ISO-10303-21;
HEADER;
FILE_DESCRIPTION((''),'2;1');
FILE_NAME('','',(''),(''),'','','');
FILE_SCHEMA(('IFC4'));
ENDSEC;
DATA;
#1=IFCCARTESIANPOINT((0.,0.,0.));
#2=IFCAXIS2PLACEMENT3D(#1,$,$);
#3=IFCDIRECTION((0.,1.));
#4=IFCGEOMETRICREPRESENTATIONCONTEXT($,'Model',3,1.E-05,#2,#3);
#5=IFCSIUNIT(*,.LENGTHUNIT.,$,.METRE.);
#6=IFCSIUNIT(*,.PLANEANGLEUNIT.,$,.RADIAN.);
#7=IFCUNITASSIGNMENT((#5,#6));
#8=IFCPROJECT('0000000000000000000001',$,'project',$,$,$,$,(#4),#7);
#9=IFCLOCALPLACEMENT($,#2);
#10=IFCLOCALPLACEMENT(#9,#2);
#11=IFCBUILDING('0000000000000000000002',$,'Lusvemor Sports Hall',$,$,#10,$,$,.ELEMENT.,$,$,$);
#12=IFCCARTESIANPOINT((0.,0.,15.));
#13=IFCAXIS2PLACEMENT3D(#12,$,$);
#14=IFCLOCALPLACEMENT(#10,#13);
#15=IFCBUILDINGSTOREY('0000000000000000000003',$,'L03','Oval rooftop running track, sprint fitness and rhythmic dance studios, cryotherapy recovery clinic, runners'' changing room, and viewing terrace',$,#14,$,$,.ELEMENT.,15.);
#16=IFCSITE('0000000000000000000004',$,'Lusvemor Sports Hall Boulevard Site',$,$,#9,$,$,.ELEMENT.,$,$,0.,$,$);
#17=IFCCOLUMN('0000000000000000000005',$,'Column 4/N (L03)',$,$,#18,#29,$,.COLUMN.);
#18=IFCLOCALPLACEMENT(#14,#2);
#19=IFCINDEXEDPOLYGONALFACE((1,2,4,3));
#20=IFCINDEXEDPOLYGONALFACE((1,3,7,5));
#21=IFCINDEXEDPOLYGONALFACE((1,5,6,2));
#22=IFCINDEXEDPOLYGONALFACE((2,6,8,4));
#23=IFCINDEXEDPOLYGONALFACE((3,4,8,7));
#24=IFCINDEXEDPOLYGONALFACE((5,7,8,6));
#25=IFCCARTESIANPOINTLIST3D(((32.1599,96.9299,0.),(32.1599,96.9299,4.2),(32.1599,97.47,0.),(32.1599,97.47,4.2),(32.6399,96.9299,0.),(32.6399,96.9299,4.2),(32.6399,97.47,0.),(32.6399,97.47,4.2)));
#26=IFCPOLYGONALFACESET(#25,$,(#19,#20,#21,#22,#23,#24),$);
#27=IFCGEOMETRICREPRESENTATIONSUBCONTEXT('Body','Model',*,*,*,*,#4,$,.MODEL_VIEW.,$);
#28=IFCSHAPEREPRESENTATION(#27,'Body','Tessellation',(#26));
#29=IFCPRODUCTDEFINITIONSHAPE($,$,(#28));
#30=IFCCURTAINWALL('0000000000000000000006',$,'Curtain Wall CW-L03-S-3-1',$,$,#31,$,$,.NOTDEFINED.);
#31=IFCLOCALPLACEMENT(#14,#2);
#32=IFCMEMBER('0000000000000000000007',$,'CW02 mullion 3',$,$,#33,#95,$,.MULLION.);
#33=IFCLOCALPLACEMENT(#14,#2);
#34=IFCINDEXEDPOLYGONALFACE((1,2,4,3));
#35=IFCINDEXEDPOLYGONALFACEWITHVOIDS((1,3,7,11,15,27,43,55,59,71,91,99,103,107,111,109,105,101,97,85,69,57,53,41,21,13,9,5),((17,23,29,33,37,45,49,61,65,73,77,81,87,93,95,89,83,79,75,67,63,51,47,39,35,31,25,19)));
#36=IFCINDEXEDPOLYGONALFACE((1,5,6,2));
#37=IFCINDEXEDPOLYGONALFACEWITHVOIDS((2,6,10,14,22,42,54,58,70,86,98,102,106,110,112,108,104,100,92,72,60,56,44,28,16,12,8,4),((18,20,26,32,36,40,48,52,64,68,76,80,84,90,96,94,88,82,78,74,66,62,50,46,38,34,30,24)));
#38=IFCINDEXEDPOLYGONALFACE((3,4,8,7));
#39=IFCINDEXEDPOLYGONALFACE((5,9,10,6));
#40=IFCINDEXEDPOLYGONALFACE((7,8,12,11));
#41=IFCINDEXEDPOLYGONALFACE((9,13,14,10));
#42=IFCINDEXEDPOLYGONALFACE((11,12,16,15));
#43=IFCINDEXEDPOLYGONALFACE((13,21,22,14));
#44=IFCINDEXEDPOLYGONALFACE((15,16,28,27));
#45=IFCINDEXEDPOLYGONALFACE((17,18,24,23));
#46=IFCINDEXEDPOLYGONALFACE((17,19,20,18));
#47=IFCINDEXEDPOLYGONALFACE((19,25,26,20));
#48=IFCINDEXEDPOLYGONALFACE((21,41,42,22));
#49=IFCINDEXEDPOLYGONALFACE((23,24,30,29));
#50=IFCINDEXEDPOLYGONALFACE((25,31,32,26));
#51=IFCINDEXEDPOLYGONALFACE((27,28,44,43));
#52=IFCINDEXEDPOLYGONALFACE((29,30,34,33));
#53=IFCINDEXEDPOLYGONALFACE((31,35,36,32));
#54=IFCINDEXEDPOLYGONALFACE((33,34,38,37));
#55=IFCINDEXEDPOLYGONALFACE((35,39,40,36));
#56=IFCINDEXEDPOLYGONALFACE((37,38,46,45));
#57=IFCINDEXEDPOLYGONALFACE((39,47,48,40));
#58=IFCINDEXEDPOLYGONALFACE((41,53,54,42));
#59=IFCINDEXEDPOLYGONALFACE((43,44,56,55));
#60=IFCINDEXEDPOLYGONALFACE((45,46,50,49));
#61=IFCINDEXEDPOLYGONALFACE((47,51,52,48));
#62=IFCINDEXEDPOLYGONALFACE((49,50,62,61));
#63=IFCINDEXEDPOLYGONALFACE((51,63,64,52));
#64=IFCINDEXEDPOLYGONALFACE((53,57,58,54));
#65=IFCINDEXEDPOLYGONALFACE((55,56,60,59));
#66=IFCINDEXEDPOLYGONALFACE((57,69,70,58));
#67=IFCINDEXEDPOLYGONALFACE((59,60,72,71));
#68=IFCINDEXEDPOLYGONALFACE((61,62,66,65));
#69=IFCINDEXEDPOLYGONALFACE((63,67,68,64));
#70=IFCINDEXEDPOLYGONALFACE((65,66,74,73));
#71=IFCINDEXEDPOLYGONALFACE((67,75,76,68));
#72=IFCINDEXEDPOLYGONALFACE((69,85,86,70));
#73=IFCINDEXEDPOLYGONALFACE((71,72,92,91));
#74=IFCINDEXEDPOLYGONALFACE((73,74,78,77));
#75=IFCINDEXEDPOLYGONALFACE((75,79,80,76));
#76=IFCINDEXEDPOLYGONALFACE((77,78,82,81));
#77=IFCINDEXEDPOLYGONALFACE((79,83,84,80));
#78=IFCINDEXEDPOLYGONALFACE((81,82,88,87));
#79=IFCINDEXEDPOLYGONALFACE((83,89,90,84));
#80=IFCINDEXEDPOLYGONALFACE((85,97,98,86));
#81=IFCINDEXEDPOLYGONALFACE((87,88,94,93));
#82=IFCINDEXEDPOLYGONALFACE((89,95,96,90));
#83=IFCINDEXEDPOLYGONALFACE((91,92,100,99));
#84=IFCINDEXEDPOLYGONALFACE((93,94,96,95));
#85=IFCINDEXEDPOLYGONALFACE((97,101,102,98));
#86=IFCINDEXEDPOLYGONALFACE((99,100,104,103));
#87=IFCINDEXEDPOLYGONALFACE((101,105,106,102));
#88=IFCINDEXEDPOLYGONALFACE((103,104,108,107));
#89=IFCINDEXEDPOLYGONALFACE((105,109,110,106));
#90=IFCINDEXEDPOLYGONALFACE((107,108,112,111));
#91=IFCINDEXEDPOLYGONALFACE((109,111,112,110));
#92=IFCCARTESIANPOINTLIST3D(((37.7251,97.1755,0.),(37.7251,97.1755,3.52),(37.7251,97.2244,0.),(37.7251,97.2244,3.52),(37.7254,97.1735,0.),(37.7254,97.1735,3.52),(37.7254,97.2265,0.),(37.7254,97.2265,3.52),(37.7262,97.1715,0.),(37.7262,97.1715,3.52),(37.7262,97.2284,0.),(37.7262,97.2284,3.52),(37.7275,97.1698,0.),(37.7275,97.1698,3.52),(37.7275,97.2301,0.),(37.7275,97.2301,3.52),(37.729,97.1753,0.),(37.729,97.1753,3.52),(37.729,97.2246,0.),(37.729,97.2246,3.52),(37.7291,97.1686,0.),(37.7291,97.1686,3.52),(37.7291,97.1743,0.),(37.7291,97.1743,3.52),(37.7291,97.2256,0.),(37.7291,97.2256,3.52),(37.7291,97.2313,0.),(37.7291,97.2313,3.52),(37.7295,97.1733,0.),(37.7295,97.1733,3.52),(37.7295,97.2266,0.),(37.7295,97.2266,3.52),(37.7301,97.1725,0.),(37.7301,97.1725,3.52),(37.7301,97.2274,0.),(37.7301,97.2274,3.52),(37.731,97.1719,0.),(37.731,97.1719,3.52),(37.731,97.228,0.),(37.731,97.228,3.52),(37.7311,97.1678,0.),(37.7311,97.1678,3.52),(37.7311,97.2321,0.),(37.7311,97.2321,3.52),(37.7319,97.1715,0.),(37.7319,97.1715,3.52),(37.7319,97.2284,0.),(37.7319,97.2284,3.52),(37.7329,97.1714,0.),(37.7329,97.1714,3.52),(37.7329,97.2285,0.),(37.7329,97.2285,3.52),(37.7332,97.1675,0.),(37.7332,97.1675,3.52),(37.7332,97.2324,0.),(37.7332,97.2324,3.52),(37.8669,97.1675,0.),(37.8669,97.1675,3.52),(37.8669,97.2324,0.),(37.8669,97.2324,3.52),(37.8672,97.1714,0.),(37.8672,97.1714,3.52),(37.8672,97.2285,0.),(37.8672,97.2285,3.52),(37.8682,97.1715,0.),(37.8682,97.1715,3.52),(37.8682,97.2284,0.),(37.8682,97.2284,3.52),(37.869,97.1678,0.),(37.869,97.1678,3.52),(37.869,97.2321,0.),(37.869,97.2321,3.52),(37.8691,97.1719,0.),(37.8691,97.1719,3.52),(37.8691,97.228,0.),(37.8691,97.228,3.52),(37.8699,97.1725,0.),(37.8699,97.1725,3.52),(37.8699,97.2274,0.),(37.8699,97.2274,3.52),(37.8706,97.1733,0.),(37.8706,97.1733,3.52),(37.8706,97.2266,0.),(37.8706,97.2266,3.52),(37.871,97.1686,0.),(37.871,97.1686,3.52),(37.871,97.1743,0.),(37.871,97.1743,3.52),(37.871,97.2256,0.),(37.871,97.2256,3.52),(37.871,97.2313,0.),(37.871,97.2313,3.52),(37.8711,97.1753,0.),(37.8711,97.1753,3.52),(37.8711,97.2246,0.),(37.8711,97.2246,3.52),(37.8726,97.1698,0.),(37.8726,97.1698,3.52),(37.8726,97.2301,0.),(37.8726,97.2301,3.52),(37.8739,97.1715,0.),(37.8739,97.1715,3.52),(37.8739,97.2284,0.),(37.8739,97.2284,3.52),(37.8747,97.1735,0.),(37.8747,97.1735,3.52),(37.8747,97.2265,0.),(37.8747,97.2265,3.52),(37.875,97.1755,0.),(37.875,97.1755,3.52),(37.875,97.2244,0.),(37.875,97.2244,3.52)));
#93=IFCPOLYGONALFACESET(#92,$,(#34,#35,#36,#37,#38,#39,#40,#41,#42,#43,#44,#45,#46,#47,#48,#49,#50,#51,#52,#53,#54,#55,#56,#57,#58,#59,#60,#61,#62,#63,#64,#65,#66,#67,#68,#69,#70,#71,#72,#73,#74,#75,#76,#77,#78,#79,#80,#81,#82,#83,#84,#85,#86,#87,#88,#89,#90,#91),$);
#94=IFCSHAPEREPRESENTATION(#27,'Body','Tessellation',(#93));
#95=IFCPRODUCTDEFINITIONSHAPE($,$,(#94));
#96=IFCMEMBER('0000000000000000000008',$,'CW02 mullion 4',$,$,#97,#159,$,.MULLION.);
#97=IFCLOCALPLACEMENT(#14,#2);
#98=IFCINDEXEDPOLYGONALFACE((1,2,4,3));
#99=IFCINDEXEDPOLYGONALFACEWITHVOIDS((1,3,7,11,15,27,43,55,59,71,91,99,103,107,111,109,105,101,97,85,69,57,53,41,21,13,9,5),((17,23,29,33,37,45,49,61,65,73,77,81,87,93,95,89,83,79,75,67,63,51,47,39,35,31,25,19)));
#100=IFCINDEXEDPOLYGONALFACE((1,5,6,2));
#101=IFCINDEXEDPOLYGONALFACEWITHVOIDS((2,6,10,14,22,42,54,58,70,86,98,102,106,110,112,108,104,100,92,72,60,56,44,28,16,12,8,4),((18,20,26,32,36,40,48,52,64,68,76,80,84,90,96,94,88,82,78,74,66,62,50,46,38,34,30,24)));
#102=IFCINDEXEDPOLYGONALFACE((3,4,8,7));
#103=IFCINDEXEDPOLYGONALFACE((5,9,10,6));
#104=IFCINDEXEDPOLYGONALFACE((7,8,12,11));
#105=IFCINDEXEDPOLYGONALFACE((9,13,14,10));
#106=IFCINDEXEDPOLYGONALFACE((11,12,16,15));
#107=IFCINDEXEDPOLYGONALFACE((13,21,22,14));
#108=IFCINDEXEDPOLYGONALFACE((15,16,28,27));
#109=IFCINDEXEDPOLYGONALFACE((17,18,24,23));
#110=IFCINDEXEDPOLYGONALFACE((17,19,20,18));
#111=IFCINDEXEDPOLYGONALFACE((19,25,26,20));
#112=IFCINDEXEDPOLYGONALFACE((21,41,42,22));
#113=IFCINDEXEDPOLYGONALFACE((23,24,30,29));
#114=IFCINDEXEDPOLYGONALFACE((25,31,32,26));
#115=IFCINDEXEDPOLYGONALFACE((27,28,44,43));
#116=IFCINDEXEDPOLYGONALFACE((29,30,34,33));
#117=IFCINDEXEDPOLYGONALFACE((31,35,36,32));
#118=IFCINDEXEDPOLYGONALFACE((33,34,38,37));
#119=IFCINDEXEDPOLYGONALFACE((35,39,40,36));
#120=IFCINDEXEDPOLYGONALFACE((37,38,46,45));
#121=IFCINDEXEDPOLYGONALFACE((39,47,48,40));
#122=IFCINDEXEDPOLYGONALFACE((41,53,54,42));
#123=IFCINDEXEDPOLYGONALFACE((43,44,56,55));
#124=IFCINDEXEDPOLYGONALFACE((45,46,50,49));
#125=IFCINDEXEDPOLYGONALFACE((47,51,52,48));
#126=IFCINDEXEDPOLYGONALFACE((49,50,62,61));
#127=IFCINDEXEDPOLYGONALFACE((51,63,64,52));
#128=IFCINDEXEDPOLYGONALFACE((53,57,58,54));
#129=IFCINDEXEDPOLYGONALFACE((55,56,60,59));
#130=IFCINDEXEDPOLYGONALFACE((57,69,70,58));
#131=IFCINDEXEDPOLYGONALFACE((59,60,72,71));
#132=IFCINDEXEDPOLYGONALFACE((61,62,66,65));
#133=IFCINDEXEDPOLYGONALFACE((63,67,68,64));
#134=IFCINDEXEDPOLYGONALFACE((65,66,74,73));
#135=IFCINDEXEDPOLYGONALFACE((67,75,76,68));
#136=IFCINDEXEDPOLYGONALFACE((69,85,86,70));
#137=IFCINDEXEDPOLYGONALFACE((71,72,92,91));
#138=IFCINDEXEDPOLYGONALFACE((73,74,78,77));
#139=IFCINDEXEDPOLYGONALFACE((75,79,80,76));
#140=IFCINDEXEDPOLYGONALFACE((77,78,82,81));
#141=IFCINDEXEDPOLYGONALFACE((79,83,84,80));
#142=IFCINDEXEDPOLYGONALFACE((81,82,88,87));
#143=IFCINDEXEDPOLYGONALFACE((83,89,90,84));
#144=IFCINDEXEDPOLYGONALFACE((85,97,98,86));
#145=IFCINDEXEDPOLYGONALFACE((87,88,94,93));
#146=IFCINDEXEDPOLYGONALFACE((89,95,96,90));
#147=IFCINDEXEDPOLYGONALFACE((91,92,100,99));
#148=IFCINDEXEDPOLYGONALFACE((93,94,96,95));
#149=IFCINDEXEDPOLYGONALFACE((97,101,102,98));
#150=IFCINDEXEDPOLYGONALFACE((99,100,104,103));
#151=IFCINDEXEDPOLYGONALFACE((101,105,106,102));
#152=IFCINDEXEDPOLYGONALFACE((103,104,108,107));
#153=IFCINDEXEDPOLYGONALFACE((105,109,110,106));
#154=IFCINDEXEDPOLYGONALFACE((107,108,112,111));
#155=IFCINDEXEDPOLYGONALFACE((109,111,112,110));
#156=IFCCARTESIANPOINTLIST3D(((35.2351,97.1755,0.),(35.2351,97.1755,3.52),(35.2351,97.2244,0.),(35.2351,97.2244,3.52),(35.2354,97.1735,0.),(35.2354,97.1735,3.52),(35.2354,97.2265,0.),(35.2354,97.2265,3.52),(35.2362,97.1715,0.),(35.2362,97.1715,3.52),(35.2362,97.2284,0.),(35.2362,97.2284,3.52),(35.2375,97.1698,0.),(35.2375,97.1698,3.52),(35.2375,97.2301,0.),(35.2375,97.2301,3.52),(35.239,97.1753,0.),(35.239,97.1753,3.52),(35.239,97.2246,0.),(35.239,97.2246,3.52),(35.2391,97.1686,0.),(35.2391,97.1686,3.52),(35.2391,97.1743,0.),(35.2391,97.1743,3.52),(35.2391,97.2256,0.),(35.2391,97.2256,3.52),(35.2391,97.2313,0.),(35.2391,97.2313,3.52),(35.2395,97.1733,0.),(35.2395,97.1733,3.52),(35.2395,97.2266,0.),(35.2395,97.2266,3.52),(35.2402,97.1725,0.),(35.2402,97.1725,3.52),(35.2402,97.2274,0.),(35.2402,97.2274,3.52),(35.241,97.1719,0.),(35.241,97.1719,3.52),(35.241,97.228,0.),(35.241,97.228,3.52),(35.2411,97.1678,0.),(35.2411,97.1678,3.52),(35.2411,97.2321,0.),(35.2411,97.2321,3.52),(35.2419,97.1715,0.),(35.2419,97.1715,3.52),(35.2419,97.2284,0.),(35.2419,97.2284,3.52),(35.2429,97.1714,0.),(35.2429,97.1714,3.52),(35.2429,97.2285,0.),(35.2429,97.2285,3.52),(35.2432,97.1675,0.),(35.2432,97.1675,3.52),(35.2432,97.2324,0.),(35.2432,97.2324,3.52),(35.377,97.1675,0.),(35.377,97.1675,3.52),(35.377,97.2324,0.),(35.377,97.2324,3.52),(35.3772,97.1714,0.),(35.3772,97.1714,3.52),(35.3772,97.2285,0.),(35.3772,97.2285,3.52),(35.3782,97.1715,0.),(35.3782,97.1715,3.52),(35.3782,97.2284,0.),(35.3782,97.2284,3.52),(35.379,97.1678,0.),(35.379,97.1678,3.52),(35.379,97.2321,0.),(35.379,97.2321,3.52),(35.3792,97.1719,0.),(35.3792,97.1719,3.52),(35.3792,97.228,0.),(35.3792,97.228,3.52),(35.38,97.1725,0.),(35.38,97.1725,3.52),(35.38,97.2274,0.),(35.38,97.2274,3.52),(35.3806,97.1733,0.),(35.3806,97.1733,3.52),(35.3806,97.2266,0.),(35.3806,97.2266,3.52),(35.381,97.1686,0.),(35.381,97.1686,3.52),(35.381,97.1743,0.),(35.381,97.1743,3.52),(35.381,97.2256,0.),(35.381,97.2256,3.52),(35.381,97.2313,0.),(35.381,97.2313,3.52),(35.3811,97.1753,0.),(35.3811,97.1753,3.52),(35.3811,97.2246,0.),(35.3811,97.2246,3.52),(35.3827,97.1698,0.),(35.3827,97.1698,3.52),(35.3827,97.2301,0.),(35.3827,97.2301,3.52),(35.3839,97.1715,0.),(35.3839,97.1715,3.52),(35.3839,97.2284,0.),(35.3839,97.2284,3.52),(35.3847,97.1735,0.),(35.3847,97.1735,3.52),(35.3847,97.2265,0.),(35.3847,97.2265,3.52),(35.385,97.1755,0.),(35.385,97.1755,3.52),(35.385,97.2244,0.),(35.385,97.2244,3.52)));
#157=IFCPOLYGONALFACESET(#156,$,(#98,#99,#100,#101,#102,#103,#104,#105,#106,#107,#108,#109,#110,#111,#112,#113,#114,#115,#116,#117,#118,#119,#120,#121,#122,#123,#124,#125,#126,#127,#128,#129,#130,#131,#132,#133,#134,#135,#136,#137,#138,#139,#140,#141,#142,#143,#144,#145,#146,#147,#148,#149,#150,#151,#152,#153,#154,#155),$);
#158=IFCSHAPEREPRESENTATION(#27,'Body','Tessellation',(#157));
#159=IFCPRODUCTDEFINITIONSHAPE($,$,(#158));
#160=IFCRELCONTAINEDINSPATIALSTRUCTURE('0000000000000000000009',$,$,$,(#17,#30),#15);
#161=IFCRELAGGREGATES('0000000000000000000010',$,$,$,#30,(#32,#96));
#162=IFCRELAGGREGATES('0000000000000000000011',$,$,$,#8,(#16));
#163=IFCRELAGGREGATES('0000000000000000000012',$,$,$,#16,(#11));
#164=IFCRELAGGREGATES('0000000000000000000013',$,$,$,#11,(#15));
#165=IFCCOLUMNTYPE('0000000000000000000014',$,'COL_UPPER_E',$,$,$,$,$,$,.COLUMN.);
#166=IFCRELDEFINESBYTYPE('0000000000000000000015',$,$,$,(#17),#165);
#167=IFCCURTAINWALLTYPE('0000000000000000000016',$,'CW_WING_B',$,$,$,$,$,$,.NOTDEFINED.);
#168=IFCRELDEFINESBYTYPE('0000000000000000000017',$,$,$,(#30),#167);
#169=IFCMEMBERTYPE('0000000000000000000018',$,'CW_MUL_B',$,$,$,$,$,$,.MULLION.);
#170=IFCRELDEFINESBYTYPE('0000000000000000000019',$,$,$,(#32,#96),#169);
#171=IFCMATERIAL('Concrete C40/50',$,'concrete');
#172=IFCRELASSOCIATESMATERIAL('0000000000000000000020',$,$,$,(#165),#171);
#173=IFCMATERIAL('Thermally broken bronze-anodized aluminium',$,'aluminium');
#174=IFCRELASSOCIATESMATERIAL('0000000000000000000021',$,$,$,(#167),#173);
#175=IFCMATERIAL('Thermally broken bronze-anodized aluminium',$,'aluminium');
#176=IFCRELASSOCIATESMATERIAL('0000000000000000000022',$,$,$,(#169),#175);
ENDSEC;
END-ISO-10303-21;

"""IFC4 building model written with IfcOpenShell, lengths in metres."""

from ifc_helpers import new_model, si_unit, direction, frame, origin, origin_2d, place, context, subcontext, project, spatial, rectangle, hollow_rectangle, extrude, material, material_profile, profile_set, type_object, element, aggregate, save


model = new_model("IFC4")

# Units and contexts
model_context = context("Model", 3, precision=1e-05, world=origin(), true_north=direction((0.0, 1.0)))
body_context = subcontext(model_context, "Body", "Model", "MODEL_VIEW")
ifc_project = project(units=[si_unit("LENGTHUNIT", "METRE"), si_unit("PLANEANGLEUNIT", "RADIAN")], contexts=[model_context])

# Site, building, storey
site_placement = place(None, origin())
site = spatial("IfcSite", under=ifc_project, at=site_placement, Name="Lusvemor Sports Hall Boulevard Site", CompositionType="ELEMENT", RefElevation=0.0)
building_placement = place(site_placement, origin())
building = spatial("IfcBuilding", under=site, at=building_placement, Name="Lusvemor Sports Hall", CompositionType="ELEMENT")
storey_placement = place(building_placement, frame((0.0, 0.0, 15.0)))
storey = spatial("IfcBuildingStorey", under=building, at=storey_placement, Name="L03", Description="Oval rooftop running track, sprint fitness and rhythmic dance studios, cryotherapy recovery clinic, runners' changing room, and viewing terrace", CompositionType="ELEMENT", Elevation=15.0)

# Column
ifc_material_1 = material(Name="Concrete C40/50", Category="concrete")
ifc_material_profile_1 = material_profile(ifc_material_1, rectangle(XDim=0.48, YDim=0.54, at=origin_2d()), Name="RC480x540")
ifc_profile_set_1 = profile_set([ifc_material_profile_1], Name="Concrete C40/50")
column_type = type_object("IfcColumnType", Name="COL_UPPER_E", PredefinedType="COLUMN", material=ifc_profile_set_1)
column_placement = place(storey_placement, frame((32.3999, 97.2, 0.0), z_axis=(0.0, 0.0, 1.0), x_axis=(1.0, 0.0, 0.0)))
element("IfcColumn", 1, at=column_placement, inside=storey, type_object=column_type, Name="Column 4/N (L03)", PredefinedType="COLUMN", context=body_context, shape_type="SweptSolid", body=[
    extrude(rectangle(XDim=0.48, YDim=0.54, at=origin_2d()), origin(), (0.0, 0.0, 1.0), 4.2),
])

# Curtain wall, members
ifc_material_2 = material(Name="Thermally broken bronze-anodized aluminium", Category="aluminium")
curtain_wall_type = type_object("IfcCurtainWallType", Name="CW_WING_B", PredefinedType="NOTDEFINED", material=ifc_material_2)
curtain_wall_placement = place(storey_placement, origin())
curtain_wall = element("IfcCurtainWall", 2, at=curtain_wall_placement, inside=storey, type_object=curtain_wall_type, Name="Curtain Wall CW-L03-S-3-1", PredefinedType="NOTDEFINED")
ifc_material_3 = material(Name="Thermally broken bronze-anodized aluminium", Category="aluminium")
ifc_material_profile_2 = material_profile(ifc_material_3, hollow_rectangle(XDim=0.0649, YDim=0.1499, WallThickness=0.0039, InnerFilletRadius=0.0039, OuterFilletRadius=0.0081, at=origin_2d()), Name="CWMUL150x65x4")
ifc_profile_set_2 = profile_set([ifc_material_profile_2], Name="Thermally broken bronze-anodized aluminium")
member_type_1 = type_object("IfcMemberType", Name="CW_MUL_B", PredefinedType="MULLION", material=ifc_profile_set_2)
member_1_placement = place(storey_placement, frame((37.8, 97.2, 0.0), z_axis=(0.0, 0.0, 1.0), x_axis=(0.0, -1.0, 0.0)))
member_1 = element("IfcMember", 3, at=member_1_placement, type_object=member_type_1, Name="CW02 mullion 3", PredefinedType="MULLION", context=body_context, shape_type="SweptSolid", body=[
    extrude(hollow_rectangle(XDim=0.0649, YDim=0.1499, WallThickness=0.0039, InnerFilletRadius=0.0039, OuterFilletRadius=0.0081, at=origin_2d()), origin(), (0.0, 0.0, 1.0), 3.52),
])
member_2_placement = place(storey_placement, frame((35.3101, 97.2, 0.0), z_axis=(0.0, 0.0, 1.0), x_axis=(0.0, -1.0, 0.0)))
member_2 = element("IfcMember", 4, at=member_2_placement, type_object=member_type_1, Name="CW02 mullion 4", PredefinedType="MULLION", context=body_context, shape_type="SweptSolid", body=[
    extrude(hollow_rectangle(XDim=0.0649, YDim=0.1499, WallThickness=0.0039, InnerFilletRadius=0.0039, OuterFilletRadius=0.0081, at=origin_2d()), origin(), (0.0, 0.0, 1.0), 3.52),
])

aggregate(curtain_wall, [member_1, member_2])

save(model, "model.ifc")
